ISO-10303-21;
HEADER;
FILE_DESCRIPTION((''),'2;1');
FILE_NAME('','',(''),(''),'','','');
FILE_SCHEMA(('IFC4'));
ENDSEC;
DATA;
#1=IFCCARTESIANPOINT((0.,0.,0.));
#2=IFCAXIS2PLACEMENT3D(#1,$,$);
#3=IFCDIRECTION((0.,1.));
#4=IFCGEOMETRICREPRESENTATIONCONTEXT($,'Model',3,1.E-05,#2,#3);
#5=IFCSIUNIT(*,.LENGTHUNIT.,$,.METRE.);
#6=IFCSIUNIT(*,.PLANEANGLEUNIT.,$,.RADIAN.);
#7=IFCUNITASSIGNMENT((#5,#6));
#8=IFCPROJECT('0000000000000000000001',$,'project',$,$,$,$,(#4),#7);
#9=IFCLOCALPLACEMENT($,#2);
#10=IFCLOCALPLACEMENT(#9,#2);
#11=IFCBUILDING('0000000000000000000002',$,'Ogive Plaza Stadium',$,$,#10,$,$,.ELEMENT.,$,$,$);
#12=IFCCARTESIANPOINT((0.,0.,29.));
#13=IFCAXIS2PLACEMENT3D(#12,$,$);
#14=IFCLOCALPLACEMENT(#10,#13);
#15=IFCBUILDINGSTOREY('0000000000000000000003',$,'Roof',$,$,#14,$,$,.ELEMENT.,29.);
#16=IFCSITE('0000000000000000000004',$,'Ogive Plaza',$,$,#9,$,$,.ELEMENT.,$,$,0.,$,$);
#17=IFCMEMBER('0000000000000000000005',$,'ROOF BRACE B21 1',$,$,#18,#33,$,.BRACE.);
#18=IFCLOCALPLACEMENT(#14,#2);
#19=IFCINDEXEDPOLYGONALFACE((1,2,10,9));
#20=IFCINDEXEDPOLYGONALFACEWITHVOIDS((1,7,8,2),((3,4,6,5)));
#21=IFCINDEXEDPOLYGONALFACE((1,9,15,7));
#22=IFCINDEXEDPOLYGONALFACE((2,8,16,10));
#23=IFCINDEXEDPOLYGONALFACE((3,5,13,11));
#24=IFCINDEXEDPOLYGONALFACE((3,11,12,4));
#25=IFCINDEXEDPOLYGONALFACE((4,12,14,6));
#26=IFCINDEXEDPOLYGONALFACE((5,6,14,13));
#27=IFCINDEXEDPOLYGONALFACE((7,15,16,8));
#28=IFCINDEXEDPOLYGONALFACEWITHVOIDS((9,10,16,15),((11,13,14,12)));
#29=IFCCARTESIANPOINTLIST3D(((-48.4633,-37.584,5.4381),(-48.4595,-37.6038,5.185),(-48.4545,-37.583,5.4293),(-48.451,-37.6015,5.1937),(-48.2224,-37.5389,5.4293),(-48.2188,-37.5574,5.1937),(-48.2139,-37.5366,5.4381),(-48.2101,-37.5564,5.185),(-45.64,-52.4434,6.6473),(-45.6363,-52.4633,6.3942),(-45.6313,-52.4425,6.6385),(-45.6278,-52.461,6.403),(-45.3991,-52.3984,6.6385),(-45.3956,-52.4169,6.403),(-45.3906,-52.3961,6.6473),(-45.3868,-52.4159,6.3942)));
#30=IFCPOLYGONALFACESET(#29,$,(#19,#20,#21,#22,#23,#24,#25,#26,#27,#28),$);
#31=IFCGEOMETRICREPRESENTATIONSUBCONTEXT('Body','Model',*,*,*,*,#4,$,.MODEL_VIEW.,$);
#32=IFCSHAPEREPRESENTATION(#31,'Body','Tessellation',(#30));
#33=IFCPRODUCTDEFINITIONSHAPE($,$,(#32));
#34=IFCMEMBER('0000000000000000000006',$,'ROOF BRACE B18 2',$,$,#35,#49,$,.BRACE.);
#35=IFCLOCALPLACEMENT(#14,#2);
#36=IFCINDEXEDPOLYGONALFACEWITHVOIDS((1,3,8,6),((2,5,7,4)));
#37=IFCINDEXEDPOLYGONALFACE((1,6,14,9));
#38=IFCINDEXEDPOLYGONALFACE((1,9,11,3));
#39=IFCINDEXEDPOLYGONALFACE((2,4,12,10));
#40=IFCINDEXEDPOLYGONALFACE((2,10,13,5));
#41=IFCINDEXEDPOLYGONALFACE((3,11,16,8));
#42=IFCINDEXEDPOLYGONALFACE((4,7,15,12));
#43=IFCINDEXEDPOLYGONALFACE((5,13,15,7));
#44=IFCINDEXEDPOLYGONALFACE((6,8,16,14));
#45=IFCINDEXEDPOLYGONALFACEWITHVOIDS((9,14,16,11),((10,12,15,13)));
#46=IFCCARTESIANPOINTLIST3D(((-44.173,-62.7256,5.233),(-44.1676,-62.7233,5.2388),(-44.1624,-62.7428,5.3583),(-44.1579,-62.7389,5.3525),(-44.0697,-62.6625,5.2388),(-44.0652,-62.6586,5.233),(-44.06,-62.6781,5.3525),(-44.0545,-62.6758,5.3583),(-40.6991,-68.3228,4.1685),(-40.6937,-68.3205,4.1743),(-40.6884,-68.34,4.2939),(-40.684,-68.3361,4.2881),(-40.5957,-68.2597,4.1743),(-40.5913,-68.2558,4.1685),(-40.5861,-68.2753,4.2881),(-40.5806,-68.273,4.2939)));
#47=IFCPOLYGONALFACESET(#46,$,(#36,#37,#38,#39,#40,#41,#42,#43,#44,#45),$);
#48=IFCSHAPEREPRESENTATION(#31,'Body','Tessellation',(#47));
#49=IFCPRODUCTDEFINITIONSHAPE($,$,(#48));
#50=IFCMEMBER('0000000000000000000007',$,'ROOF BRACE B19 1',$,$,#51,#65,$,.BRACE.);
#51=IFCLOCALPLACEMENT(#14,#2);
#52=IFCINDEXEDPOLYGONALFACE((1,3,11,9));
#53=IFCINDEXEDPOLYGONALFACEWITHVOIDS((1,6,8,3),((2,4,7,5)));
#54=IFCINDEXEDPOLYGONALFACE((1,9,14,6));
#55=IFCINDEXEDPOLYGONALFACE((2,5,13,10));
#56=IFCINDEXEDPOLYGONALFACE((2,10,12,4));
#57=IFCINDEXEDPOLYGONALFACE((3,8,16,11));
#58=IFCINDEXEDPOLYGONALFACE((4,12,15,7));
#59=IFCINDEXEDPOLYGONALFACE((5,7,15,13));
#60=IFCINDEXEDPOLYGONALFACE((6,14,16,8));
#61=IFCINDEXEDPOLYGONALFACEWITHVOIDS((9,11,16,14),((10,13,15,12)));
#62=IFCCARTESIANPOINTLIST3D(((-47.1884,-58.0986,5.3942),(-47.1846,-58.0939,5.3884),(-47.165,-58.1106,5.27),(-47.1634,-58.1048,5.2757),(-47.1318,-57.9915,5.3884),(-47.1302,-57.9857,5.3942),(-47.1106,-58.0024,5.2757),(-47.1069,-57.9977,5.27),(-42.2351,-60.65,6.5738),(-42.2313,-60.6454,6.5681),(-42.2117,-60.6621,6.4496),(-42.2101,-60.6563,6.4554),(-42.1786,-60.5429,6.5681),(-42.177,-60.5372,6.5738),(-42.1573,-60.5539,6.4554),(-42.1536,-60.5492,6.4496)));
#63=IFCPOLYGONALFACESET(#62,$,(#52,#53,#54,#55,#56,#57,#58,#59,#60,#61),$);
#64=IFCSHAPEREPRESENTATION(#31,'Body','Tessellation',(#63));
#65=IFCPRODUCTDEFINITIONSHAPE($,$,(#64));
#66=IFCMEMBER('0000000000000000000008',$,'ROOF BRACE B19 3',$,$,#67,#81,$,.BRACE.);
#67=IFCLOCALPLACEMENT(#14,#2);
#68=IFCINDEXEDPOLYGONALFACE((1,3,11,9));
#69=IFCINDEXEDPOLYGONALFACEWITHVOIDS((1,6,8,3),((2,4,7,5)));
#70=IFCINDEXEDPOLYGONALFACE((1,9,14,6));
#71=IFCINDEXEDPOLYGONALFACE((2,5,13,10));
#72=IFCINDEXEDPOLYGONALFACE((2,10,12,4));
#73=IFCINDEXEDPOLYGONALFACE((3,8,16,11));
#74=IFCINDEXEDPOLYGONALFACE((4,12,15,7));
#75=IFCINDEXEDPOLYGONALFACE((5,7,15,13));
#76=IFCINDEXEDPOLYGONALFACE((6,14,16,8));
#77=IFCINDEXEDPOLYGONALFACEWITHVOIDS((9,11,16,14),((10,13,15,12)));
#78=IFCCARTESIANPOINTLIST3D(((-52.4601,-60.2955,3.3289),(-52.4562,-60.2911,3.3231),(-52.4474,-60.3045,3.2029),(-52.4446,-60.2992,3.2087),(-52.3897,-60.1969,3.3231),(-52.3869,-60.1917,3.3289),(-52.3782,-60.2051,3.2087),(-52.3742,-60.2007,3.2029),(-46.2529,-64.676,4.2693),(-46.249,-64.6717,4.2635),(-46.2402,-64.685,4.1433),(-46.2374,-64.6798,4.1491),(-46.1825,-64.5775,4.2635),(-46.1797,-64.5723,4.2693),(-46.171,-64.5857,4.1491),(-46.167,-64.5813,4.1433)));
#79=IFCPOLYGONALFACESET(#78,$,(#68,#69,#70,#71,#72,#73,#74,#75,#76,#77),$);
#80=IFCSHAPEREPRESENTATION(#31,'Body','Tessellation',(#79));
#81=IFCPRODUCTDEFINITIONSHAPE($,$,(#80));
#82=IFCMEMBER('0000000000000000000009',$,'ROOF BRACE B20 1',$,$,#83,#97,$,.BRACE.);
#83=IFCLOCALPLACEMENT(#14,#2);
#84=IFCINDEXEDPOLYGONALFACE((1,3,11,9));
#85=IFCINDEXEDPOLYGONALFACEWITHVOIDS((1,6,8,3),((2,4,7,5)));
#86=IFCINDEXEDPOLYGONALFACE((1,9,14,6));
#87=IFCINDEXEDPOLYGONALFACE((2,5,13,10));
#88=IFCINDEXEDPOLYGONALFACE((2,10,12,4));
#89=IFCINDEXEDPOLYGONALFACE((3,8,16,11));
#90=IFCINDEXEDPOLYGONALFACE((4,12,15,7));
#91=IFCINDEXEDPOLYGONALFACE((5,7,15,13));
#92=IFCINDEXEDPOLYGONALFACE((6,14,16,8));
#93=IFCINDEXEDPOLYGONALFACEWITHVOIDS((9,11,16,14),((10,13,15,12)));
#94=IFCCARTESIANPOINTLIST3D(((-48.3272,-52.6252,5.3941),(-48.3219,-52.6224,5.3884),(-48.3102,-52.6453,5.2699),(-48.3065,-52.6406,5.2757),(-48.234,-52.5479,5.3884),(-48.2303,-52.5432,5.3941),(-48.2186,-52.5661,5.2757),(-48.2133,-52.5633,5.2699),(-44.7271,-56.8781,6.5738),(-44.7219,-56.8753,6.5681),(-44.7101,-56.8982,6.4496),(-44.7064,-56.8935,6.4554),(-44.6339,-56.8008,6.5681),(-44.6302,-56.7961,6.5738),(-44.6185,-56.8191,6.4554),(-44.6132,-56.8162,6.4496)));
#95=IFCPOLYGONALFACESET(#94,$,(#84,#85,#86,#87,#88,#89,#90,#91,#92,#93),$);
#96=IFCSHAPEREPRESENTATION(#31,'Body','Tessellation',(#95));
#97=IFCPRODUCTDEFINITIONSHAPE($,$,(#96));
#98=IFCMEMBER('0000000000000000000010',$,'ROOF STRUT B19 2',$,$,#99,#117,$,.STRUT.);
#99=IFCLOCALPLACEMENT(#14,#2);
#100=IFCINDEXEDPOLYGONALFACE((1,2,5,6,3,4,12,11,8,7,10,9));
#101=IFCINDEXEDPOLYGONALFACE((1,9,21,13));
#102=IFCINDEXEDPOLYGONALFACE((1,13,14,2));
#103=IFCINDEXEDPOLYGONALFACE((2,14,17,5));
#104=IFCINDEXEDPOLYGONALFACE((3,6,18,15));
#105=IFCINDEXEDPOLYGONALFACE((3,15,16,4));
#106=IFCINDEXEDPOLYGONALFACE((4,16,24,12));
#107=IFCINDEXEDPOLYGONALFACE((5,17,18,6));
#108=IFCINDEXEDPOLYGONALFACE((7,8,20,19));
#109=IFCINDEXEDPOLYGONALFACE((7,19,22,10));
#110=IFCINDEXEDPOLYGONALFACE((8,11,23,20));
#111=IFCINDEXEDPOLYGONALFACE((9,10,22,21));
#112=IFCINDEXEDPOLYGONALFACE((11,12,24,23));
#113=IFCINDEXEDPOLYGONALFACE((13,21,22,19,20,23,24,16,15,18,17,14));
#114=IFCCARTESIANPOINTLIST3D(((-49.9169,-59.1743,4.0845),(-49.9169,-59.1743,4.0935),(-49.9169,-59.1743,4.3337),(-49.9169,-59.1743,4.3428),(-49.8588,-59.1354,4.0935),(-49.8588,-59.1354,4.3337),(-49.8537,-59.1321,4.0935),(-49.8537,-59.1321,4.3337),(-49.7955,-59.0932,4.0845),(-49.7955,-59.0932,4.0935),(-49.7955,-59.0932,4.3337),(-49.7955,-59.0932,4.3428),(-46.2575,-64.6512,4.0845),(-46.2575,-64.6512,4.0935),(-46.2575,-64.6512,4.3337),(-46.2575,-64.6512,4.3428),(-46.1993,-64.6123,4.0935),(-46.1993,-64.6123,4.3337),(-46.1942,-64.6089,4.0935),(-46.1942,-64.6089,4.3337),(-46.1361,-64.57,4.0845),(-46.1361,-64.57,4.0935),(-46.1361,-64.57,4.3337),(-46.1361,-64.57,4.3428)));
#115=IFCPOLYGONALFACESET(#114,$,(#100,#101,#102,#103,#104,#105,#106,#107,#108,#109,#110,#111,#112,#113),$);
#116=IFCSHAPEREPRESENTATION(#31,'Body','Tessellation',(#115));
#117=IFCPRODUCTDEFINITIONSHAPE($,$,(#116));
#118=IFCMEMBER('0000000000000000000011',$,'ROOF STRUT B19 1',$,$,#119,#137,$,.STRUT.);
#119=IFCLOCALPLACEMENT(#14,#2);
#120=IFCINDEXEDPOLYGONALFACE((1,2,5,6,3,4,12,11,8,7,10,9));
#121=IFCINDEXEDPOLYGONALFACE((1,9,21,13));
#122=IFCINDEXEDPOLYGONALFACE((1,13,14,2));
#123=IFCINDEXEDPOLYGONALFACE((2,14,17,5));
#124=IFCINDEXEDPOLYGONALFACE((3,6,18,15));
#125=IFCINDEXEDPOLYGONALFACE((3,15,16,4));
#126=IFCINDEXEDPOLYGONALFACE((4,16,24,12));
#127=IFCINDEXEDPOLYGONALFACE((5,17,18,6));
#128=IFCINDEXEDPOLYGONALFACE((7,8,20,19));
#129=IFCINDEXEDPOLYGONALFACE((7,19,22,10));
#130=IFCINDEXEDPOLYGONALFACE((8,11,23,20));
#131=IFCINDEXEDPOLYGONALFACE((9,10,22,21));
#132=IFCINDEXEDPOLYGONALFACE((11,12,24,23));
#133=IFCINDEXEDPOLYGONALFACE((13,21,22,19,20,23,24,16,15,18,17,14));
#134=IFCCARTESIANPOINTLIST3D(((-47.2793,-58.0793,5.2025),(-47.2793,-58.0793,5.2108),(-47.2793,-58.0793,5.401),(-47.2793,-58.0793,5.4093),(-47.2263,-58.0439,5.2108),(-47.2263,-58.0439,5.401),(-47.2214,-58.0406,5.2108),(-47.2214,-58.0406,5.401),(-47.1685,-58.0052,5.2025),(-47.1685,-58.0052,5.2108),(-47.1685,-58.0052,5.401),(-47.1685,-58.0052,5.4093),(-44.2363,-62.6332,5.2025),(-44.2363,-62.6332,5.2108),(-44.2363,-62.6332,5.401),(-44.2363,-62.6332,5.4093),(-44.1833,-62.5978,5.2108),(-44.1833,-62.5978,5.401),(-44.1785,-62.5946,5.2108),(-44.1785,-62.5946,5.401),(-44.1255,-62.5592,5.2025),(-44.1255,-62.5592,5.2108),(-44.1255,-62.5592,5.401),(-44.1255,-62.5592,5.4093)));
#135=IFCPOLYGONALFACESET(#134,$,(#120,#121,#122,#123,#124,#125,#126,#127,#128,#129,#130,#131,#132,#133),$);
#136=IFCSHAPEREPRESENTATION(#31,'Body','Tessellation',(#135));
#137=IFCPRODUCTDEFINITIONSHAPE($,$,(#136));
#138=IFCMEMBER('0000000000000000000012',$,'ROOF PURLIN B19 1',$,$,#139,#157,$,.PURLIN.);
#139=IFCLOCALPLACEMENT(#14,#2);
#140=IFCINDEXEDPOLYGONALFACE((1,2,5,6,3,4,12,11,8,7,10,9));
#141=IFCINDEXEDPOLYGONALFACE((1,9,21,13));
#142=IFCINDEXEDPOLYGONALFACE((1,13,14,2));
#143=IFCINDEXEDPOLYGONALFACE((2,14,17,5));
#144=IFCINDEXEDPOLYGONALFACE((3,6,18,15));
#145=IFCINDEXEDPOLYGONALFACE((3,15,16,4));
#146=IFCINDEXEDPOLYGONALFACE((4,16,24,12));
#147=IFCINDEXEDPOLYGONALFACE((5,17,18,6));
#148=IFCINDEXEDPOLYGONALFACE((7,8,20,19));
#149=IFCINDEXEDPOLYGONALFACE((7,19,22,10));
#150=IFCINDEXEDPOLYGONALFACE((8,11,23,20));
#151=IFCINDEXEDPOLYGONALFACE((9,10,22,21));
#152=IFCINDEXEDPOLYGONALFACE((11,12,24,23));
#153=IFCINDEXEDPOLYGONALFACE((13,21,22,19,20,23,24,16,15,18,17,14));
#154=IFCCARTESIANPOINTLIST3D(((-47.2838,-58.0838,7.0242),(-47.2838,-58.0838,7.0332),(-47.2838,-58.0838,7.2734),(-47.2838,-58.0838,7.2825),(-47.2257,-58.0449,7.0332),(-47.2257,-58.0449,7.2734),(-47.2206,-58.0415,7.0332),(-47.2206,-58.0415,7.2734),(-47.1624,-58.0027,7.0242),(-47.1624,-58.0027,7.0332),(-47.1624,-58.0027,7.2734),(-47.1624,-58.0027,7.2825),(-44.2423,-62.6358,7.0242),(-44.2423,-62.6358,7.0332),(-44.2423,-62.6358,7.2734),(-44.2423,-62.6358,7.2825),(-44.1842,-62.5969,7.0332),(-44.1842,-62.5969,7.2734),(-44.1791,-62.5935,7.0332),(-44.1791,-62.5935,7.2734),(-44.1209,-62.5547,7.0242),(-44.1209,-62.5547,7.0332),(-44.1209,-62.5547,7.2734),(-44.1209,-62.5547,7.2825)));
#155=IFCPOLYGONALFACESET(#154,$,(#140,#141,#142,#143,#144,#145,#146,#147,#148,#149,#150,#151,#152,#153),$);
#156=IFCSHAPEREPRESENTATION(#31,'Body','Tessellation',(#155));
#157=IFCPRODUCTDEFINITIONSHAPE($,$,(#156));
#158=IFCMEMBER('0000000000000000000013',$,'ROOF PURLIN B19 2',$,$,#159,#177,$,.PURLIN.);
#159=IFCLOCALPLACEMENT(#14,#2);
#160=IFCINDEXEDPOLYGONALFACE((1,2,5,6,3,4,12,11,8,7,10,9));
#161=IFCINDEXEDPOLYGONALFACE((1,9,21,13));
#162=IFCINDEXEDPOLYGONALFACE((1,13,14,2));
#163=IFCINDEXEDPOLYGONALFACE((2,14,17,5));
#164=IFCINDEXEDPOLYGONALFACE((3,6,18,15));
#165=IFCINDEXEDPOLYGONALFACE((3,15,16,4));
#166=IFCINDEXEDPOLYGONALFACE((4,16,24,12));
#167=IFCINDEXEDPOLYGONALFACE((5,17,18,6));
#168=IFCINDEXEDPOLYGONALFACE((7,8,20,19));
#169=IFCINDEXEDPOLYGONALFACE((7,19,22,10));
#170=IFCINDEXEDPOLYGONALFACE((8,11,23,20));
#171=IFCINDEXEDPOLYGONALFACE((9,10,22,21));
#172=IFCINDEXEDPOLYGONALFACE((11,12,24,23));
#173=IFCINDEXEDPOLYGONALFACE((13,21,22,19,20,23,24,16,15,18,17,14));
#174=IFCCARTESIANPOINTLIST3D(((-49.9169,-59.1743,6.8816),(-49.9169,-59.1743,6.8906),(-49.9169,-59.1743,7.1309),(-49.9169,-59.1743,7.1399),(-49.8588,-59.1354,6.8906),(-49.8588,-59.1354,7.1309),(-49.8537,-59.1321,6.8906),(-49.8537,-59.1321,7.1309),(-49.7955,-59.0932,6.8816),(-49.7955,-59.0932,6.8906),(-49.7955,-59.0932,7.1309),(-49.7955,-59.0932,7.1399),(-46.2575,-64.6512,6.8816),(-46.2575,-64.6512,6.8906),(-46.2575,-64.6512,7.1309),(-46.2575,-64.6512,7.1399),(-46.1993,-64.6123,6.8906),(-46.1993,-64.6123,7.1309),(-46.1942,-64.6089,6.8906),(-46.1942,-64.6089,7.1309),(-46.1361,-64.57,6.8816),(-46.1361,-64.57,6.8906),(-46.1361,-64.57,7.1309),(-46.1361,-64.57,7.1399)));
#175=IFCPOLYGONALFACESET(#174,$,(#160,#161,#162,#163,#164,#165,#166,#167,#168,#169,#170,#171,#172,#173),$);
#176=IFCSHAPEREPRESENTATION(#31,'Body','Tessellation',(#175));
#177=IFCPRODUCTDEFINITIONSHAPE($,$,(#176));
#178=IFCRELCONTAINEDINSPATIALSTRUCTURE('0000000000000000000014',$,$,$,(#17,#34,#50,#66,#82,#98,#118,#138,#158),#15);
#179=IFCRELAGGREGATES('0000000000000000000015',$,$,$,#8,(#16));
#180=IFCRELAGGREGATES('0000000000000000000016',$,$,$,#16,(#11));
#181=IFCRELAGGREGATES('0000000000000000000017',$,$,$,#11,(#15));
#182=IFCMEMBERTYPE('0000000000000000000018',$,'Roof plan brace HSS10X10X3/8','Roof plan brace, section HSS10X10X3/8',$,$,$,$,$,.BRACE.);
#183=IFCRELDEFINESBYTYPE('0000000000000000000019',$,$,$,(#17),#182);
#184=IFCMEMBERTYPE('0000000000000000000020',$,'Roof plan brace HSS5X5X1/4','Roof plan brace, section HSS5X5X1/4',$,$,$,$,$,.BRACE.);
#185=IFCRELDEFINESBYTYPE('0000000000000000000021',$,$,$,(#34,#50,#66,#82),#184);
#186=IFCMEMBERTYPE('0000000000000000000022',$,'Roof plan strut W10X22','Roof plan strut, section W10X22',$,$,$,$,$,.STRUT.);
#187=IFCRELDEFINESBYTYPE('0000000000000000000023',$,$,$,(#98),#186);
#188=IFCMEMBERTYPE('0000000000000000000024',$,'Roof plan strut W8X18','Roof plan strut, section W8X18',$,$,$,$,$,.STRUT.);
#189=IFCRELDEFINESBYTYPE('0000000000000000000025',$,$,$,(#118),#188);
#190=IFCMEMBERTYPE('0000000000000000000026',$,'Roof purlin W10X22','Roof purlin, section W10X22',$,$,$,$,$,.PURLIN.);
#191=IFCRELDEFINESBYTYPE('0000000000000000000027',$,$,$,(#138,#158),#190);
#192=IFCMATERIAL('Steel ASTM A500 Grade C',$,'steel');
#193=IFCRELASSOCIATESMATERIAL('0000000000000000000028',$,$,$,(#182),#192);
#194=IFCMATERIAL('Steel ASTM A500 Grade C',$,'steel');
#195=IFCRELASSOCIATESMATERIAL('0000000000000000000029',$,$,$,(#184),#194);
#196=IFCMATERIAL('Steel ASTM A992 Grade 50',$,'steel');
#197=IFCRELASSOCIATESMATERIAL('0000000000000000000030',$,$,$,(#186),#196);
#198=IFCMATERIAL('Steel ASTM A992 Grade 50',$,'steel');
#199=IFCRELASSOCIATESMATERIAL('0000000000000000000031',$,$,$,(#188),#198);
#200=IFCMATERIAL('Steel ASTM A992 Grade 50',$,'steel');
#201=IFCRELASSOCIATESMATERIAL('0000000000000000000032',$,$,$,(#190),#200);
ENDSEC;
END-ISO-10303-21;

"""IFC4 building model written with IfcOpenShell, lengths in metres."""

from ifc_helpers import new_model, si_unit, direction, frame, origin, origin_2d, place, context, subcontext, project, spatial, hollow_rectangle, i_section, extrude, material, material_profile, profile_set, type_object, element, save


model = new_model("IFC4")

# Units and contexts
model_context = context("Model", 3, precision=1e-05, world=origin(), true_north=direction((0.0, 1.0)))
body_context = subcontext(model_context, "Body", "Model", "MODEL_VIEW")
ifc_project = project(units=[si_unit("LENGTHUNIT", "METRE"), si_unit("PLANEANGLEUNIT", "RADIAN")], contexts=[model_context])

# Site, building, storey
site_placement = place(None, origin())
site = spatial("IfcSite", under=ifc_project, at=site_placement, Name="Ogive Plaza", CompositionType="ELEMENT", RefElevation=0.0)
building_placement = place(site_placement, origin())
building = spatial("IfcBuilding", under=site, at=building_placement, Name="Ogive Plaza Stadium", CompositionType="ELEMENT")
storey_placement = place(building_placement, frame((0.0, 0.0, 29.0)))
storey = spatial("IfcBuildingStorey", under=building, at=storey_placement, Name="Roof", CompositionType="ELEMENT", Elevation=29.0)

# Members
ifc_material_1 = material(Name="Steel ASTM A500 Grade C", Category="steel")
ifc_material_profile_1 = material_profile(ifc_material_1, hollow_rectangle(XDim=0.2539, YDim=0.2539, WallThickness=0.0088, at=origin_2d()), Name="HSS10X10X3/8")
ifc_profile_set_1 = profile_set([ifc_material_profile_1], Name="Steel ASTM A500 Grade C")
member_type_1 = type_object("IfcMemberType", Name="Roof plan brace HSS10X10X3/8", Description="Roof plan brace, section HSS10X10X3/8", PredefinedType="BRACE", material=ifc_profile_set_1)
member_1_placement = place(storey_placement, frame((-45.5134, -52.4297, 6.5208), z_axis=(-0.186064, 0.9793, -0.079694), x_axis=(-0.982425, -0.186658, 0.0)))
element("IfcMember", 1, at=member_1_placement, inside=storey, type_object=member_type_1, Name="ROOF BRACE B21 1", PredefinedType="BRACE", context=body_context, shape_type="SweptSolid", body=[
    extrude(hollow_rectangle(XDim=0.2539, YDim=0.2539, WallThickness=0.0088, at=origin_2d()), origin(), (0.0, 0.0, 1.0), 15.1736),
])
ifc_material_2 = material(Name="Steel ASTM A500 Grade C", Category="steel")
ifc_material_profile_2 = material_profile(ifc_material_2, hollow_rectangle(XDim=0.127, YDim=0.127, WallThickness=0.0059, at=origin_2d()), Name="HSS5X5X1/4")
ifc_profile_set_2 = profile_set([ifc_material_profile_2], Name="Steel ASTM A500 Grade C")
member_type_2 = type_object("IfcMemberType", Name="Roof plan brace HSS5X5X1/4", Description="Roof plan brace, section HSS5X5X1/4", PredefinedType="BRACE", material=ifc_profile_set_2)
member_2_placement = place(storey_placement, frame((-44.1138, -62.7007, 5.2957), z_axis=(0.520586, -0.838776, -0.159516), x_axis=(0.849656, 0.527338, 0.0)))
element("IfcMember", 2, at=member_2_placement, inside=storey, type_object=member_type_2, Name="ROOF BRACE B18 2", PredefinedType="BRACE", context=body_context, shape_type="SweptSolid", body=[
    extrude(hollow_rectangle(XDim=0.127, YDim=0.127, WallThickness=0.0059, at=origin_2d()), origin(), (0.0, 0.0, 1.0), 6.6731),
])
member_3_placement = place(storey_placement, frame((-42.1943, -60.5996, 6.5117), z_axis=(-0.869712, 0.447994, -0.207129), x_axis=(-0.457925, -0.888991, 0.0)))
element("IfcMember", 3, at=member_3_placement, inside=storey, type_object=member_type_2, Name="ROOF BRACE B19 1", PredefinedType="BRACE", context=body_context, shape_type="SweptSolid", body=[
    extrude(hollow_rectangle(XDim=0.127, YDim=0.127, WallThickness=0.0059, at=origin_2d()), origin(), (0.0, 0.0, 1.0), 5.6953),
])
member_4_placement = place(storey_placement, frame((-46.21, -64.6287, 4.2063), z_axis=(-0.810841, 0.572229, -0.122846), x_axis=(-0.576596, -0.817029, 0.0)))
element("IfcMember", 4, at=member_4_placement, inside=storey, type_object=member_type_2, Name="ROOF BRACE B19 3", PredefinedType="BRACE", context=body_context, shape_type="SweptSolid", body=[
    extrude(hollow_rectangle(XDim=0.127, YDim=0.127, WallThickness=0.0059, at=origin_2d()), origin(), (0.0, 0.0, 1.0), 7.6553),
])
member_5_placement = place(storey_placement, frame((-44.6702, -56.8472, 6.5117), z_axis=(-0.632085, 0.746705, -0.207123), x_axis=(-0.763257, -0.646095, 0.0)))
element("IfcMember", 5, at=member_5_placement, inside=storey, type_object=member_type_2, Name="ROOF BRACE B20 1", PredefinedType="BRACE", context=body_context, shape_type="SweptSolid", body=[
    extrude(hollow_rectangle(XDim=0.127, YDim=0.127, WallThickness=0.0059, at=origin_2d()), origin(), (0.0, 0.0, 1.0), 5.6956),
])
ifc_material_3 = material(Name="Steel ASTM A992 Grade 50", Category="steel")
ifc_material_profile_3 = material_profile(ifc_material_3, i_section(OverallWidth=0.146, OverallDepth=0.2583, WebThickness=0.0061, FlangeThickness=0.009, at=origin_2d()), Name="W10X22")
ifc_profile_set_3 = profile_set([ifc_material_profile_3], Name="Steel ASTM A992 Grade 50")
member_type_3 = type_object("IfcMemberType", Name="Roof plan strut W10X22", Description="Roof plan strut, section W10X22", PredefinedType="STRUT", material=ifc_profile_set_3)
member_6_placement = place(storey_placement, frame((-46.1968, -64.6106, 4.2136), z_axis=(-0.555564, 0.831474, 0.0), x_axis=(-0.831474, -0.555564, 0.0)))
element("IfcMember", 6, at=member_6_placement, inside=storey, type_object=member_type_3, Name="ROOF STRUT B19 2", PredefinedType="STRUT", context=body_context, shape_type="SweptSolid", body=[
    extrude(i_section(OverallWidth=0.146, OverallDepth=0.2583, WebThickness=0.0061, FlangeThickness=0.009, at=origin_2d()), origin(), (0.0, 0.0, 1.0), 6.5869),
])
ifc_material_4 = material(Name="Steel ASTM A992 Grade 50", Category="steel")
ifc_material_profile_4 = material_profile(ifc_material_4, i_section(OverallWidth=0.1333, OverallDepth=0.2068, WebThickness=0.0059, FlangeThickness=0.0083, at=origin_2d()), Name="W8X18")
ifc_profile_set_4 = profile_set([ifc_material_profile_4], Name="Steel ASTM A992 Grade 50")
member_type_4 = type_object("IfcMemberType", Name="Roof plan strut W8X18", Description="Roof plan strut, section W8X18", PredefinedType="STRUT", material=ifc_profile_set_4)
member_7_placement = place(storey_placement, frame((-44.1809, -62.5962, 5.3059), z_axis=(-0.555585, 0.83146, 0.0), x_axis=(-0.83146, -0.555585, 0.0)))
element("IfcMember", 7, at=member_7_placement, inside=storey, type_object=member_type_4, Name="ROOF STRUT B19 1", PredefinedType="STRUT", context=body_context, shape_type="SweptSolid", body=[
    extrude(i_section(OverallWidth=0.1333, OverallDepth=0.2068, WebThickness=0.0059, FlangeThickness=0.0083, at=origin_2d()), origin(), (0.0, 0.0, 1.0), 5.4771),
])
ifc_material_5 = material(Name="Steel ASTM A992 Grade 50", Category="steel")
ifc_material_profile_5 = material_profile(ifc_material_5, i_section(OverallWidth=0.146, OverallDepth=0.2583, WebThickness=0.0061, FlangeThickness=0.009, at=origin_2d()), Name="W10X22")
ifc_profile_set_5 = profile_set([ifc_material_profile_5], Name="Steel ASTM A992 Grade 50")
member_type_5 = type_object("IfcMemberType", Name="Roof purlin W10X22", Description="Roof purlin, section W10X22", PredefinedType="PURLIN", material=ifc_profile_set_5)
member_8_placement = place(storey_placement, frame((-44.1816, -62.5952, 7.1533), z_axis=(-0.555564, 0.831474, 0.0), x_axis=(-0.831474, -0.555564, 0.0)))
element("IfcMember", 8, at=member_8_placement, inside=storey, type_object=member_type_5, Name="ROOF PURLIN B19 1", PredefinedType="PURLIN", context=body_context, shape_type="SweptSolid", body=[
    extrude(i_section(OverallWidth=0.146, OverallDepth=0.2583, WebThickness=0.0061, FlangeThickness=0.009, at=origin_2d()), origin(), (0.0, 0.0, 1.0), 5.4746),
])
member_9_placement = place(storey_placement, frame((-46.1968, -64.6106, 7.0107), z_axis=(-0.555564, 0.831474, 0.0), x_axis=(-0.831474, -0.555564, 0.0)))
element("IfcMember", 9, at=member_9_placement, inside=storey, type_object=member_type_5, Name="ROOF PURLIN B19 2", PredefinedType="PURLIN", context=body_context, shape_type="SweptSolid", body=[
    extrude(i_section(OverallWidth=0.146, OverallDepth=0.2583, WebThickness=0.0061, FlangeThickness=0.009, at=origin_2d()), origin(), (0.0, 0.0, 1.0), 6.5869),
])

save(model, "model.ifc")
